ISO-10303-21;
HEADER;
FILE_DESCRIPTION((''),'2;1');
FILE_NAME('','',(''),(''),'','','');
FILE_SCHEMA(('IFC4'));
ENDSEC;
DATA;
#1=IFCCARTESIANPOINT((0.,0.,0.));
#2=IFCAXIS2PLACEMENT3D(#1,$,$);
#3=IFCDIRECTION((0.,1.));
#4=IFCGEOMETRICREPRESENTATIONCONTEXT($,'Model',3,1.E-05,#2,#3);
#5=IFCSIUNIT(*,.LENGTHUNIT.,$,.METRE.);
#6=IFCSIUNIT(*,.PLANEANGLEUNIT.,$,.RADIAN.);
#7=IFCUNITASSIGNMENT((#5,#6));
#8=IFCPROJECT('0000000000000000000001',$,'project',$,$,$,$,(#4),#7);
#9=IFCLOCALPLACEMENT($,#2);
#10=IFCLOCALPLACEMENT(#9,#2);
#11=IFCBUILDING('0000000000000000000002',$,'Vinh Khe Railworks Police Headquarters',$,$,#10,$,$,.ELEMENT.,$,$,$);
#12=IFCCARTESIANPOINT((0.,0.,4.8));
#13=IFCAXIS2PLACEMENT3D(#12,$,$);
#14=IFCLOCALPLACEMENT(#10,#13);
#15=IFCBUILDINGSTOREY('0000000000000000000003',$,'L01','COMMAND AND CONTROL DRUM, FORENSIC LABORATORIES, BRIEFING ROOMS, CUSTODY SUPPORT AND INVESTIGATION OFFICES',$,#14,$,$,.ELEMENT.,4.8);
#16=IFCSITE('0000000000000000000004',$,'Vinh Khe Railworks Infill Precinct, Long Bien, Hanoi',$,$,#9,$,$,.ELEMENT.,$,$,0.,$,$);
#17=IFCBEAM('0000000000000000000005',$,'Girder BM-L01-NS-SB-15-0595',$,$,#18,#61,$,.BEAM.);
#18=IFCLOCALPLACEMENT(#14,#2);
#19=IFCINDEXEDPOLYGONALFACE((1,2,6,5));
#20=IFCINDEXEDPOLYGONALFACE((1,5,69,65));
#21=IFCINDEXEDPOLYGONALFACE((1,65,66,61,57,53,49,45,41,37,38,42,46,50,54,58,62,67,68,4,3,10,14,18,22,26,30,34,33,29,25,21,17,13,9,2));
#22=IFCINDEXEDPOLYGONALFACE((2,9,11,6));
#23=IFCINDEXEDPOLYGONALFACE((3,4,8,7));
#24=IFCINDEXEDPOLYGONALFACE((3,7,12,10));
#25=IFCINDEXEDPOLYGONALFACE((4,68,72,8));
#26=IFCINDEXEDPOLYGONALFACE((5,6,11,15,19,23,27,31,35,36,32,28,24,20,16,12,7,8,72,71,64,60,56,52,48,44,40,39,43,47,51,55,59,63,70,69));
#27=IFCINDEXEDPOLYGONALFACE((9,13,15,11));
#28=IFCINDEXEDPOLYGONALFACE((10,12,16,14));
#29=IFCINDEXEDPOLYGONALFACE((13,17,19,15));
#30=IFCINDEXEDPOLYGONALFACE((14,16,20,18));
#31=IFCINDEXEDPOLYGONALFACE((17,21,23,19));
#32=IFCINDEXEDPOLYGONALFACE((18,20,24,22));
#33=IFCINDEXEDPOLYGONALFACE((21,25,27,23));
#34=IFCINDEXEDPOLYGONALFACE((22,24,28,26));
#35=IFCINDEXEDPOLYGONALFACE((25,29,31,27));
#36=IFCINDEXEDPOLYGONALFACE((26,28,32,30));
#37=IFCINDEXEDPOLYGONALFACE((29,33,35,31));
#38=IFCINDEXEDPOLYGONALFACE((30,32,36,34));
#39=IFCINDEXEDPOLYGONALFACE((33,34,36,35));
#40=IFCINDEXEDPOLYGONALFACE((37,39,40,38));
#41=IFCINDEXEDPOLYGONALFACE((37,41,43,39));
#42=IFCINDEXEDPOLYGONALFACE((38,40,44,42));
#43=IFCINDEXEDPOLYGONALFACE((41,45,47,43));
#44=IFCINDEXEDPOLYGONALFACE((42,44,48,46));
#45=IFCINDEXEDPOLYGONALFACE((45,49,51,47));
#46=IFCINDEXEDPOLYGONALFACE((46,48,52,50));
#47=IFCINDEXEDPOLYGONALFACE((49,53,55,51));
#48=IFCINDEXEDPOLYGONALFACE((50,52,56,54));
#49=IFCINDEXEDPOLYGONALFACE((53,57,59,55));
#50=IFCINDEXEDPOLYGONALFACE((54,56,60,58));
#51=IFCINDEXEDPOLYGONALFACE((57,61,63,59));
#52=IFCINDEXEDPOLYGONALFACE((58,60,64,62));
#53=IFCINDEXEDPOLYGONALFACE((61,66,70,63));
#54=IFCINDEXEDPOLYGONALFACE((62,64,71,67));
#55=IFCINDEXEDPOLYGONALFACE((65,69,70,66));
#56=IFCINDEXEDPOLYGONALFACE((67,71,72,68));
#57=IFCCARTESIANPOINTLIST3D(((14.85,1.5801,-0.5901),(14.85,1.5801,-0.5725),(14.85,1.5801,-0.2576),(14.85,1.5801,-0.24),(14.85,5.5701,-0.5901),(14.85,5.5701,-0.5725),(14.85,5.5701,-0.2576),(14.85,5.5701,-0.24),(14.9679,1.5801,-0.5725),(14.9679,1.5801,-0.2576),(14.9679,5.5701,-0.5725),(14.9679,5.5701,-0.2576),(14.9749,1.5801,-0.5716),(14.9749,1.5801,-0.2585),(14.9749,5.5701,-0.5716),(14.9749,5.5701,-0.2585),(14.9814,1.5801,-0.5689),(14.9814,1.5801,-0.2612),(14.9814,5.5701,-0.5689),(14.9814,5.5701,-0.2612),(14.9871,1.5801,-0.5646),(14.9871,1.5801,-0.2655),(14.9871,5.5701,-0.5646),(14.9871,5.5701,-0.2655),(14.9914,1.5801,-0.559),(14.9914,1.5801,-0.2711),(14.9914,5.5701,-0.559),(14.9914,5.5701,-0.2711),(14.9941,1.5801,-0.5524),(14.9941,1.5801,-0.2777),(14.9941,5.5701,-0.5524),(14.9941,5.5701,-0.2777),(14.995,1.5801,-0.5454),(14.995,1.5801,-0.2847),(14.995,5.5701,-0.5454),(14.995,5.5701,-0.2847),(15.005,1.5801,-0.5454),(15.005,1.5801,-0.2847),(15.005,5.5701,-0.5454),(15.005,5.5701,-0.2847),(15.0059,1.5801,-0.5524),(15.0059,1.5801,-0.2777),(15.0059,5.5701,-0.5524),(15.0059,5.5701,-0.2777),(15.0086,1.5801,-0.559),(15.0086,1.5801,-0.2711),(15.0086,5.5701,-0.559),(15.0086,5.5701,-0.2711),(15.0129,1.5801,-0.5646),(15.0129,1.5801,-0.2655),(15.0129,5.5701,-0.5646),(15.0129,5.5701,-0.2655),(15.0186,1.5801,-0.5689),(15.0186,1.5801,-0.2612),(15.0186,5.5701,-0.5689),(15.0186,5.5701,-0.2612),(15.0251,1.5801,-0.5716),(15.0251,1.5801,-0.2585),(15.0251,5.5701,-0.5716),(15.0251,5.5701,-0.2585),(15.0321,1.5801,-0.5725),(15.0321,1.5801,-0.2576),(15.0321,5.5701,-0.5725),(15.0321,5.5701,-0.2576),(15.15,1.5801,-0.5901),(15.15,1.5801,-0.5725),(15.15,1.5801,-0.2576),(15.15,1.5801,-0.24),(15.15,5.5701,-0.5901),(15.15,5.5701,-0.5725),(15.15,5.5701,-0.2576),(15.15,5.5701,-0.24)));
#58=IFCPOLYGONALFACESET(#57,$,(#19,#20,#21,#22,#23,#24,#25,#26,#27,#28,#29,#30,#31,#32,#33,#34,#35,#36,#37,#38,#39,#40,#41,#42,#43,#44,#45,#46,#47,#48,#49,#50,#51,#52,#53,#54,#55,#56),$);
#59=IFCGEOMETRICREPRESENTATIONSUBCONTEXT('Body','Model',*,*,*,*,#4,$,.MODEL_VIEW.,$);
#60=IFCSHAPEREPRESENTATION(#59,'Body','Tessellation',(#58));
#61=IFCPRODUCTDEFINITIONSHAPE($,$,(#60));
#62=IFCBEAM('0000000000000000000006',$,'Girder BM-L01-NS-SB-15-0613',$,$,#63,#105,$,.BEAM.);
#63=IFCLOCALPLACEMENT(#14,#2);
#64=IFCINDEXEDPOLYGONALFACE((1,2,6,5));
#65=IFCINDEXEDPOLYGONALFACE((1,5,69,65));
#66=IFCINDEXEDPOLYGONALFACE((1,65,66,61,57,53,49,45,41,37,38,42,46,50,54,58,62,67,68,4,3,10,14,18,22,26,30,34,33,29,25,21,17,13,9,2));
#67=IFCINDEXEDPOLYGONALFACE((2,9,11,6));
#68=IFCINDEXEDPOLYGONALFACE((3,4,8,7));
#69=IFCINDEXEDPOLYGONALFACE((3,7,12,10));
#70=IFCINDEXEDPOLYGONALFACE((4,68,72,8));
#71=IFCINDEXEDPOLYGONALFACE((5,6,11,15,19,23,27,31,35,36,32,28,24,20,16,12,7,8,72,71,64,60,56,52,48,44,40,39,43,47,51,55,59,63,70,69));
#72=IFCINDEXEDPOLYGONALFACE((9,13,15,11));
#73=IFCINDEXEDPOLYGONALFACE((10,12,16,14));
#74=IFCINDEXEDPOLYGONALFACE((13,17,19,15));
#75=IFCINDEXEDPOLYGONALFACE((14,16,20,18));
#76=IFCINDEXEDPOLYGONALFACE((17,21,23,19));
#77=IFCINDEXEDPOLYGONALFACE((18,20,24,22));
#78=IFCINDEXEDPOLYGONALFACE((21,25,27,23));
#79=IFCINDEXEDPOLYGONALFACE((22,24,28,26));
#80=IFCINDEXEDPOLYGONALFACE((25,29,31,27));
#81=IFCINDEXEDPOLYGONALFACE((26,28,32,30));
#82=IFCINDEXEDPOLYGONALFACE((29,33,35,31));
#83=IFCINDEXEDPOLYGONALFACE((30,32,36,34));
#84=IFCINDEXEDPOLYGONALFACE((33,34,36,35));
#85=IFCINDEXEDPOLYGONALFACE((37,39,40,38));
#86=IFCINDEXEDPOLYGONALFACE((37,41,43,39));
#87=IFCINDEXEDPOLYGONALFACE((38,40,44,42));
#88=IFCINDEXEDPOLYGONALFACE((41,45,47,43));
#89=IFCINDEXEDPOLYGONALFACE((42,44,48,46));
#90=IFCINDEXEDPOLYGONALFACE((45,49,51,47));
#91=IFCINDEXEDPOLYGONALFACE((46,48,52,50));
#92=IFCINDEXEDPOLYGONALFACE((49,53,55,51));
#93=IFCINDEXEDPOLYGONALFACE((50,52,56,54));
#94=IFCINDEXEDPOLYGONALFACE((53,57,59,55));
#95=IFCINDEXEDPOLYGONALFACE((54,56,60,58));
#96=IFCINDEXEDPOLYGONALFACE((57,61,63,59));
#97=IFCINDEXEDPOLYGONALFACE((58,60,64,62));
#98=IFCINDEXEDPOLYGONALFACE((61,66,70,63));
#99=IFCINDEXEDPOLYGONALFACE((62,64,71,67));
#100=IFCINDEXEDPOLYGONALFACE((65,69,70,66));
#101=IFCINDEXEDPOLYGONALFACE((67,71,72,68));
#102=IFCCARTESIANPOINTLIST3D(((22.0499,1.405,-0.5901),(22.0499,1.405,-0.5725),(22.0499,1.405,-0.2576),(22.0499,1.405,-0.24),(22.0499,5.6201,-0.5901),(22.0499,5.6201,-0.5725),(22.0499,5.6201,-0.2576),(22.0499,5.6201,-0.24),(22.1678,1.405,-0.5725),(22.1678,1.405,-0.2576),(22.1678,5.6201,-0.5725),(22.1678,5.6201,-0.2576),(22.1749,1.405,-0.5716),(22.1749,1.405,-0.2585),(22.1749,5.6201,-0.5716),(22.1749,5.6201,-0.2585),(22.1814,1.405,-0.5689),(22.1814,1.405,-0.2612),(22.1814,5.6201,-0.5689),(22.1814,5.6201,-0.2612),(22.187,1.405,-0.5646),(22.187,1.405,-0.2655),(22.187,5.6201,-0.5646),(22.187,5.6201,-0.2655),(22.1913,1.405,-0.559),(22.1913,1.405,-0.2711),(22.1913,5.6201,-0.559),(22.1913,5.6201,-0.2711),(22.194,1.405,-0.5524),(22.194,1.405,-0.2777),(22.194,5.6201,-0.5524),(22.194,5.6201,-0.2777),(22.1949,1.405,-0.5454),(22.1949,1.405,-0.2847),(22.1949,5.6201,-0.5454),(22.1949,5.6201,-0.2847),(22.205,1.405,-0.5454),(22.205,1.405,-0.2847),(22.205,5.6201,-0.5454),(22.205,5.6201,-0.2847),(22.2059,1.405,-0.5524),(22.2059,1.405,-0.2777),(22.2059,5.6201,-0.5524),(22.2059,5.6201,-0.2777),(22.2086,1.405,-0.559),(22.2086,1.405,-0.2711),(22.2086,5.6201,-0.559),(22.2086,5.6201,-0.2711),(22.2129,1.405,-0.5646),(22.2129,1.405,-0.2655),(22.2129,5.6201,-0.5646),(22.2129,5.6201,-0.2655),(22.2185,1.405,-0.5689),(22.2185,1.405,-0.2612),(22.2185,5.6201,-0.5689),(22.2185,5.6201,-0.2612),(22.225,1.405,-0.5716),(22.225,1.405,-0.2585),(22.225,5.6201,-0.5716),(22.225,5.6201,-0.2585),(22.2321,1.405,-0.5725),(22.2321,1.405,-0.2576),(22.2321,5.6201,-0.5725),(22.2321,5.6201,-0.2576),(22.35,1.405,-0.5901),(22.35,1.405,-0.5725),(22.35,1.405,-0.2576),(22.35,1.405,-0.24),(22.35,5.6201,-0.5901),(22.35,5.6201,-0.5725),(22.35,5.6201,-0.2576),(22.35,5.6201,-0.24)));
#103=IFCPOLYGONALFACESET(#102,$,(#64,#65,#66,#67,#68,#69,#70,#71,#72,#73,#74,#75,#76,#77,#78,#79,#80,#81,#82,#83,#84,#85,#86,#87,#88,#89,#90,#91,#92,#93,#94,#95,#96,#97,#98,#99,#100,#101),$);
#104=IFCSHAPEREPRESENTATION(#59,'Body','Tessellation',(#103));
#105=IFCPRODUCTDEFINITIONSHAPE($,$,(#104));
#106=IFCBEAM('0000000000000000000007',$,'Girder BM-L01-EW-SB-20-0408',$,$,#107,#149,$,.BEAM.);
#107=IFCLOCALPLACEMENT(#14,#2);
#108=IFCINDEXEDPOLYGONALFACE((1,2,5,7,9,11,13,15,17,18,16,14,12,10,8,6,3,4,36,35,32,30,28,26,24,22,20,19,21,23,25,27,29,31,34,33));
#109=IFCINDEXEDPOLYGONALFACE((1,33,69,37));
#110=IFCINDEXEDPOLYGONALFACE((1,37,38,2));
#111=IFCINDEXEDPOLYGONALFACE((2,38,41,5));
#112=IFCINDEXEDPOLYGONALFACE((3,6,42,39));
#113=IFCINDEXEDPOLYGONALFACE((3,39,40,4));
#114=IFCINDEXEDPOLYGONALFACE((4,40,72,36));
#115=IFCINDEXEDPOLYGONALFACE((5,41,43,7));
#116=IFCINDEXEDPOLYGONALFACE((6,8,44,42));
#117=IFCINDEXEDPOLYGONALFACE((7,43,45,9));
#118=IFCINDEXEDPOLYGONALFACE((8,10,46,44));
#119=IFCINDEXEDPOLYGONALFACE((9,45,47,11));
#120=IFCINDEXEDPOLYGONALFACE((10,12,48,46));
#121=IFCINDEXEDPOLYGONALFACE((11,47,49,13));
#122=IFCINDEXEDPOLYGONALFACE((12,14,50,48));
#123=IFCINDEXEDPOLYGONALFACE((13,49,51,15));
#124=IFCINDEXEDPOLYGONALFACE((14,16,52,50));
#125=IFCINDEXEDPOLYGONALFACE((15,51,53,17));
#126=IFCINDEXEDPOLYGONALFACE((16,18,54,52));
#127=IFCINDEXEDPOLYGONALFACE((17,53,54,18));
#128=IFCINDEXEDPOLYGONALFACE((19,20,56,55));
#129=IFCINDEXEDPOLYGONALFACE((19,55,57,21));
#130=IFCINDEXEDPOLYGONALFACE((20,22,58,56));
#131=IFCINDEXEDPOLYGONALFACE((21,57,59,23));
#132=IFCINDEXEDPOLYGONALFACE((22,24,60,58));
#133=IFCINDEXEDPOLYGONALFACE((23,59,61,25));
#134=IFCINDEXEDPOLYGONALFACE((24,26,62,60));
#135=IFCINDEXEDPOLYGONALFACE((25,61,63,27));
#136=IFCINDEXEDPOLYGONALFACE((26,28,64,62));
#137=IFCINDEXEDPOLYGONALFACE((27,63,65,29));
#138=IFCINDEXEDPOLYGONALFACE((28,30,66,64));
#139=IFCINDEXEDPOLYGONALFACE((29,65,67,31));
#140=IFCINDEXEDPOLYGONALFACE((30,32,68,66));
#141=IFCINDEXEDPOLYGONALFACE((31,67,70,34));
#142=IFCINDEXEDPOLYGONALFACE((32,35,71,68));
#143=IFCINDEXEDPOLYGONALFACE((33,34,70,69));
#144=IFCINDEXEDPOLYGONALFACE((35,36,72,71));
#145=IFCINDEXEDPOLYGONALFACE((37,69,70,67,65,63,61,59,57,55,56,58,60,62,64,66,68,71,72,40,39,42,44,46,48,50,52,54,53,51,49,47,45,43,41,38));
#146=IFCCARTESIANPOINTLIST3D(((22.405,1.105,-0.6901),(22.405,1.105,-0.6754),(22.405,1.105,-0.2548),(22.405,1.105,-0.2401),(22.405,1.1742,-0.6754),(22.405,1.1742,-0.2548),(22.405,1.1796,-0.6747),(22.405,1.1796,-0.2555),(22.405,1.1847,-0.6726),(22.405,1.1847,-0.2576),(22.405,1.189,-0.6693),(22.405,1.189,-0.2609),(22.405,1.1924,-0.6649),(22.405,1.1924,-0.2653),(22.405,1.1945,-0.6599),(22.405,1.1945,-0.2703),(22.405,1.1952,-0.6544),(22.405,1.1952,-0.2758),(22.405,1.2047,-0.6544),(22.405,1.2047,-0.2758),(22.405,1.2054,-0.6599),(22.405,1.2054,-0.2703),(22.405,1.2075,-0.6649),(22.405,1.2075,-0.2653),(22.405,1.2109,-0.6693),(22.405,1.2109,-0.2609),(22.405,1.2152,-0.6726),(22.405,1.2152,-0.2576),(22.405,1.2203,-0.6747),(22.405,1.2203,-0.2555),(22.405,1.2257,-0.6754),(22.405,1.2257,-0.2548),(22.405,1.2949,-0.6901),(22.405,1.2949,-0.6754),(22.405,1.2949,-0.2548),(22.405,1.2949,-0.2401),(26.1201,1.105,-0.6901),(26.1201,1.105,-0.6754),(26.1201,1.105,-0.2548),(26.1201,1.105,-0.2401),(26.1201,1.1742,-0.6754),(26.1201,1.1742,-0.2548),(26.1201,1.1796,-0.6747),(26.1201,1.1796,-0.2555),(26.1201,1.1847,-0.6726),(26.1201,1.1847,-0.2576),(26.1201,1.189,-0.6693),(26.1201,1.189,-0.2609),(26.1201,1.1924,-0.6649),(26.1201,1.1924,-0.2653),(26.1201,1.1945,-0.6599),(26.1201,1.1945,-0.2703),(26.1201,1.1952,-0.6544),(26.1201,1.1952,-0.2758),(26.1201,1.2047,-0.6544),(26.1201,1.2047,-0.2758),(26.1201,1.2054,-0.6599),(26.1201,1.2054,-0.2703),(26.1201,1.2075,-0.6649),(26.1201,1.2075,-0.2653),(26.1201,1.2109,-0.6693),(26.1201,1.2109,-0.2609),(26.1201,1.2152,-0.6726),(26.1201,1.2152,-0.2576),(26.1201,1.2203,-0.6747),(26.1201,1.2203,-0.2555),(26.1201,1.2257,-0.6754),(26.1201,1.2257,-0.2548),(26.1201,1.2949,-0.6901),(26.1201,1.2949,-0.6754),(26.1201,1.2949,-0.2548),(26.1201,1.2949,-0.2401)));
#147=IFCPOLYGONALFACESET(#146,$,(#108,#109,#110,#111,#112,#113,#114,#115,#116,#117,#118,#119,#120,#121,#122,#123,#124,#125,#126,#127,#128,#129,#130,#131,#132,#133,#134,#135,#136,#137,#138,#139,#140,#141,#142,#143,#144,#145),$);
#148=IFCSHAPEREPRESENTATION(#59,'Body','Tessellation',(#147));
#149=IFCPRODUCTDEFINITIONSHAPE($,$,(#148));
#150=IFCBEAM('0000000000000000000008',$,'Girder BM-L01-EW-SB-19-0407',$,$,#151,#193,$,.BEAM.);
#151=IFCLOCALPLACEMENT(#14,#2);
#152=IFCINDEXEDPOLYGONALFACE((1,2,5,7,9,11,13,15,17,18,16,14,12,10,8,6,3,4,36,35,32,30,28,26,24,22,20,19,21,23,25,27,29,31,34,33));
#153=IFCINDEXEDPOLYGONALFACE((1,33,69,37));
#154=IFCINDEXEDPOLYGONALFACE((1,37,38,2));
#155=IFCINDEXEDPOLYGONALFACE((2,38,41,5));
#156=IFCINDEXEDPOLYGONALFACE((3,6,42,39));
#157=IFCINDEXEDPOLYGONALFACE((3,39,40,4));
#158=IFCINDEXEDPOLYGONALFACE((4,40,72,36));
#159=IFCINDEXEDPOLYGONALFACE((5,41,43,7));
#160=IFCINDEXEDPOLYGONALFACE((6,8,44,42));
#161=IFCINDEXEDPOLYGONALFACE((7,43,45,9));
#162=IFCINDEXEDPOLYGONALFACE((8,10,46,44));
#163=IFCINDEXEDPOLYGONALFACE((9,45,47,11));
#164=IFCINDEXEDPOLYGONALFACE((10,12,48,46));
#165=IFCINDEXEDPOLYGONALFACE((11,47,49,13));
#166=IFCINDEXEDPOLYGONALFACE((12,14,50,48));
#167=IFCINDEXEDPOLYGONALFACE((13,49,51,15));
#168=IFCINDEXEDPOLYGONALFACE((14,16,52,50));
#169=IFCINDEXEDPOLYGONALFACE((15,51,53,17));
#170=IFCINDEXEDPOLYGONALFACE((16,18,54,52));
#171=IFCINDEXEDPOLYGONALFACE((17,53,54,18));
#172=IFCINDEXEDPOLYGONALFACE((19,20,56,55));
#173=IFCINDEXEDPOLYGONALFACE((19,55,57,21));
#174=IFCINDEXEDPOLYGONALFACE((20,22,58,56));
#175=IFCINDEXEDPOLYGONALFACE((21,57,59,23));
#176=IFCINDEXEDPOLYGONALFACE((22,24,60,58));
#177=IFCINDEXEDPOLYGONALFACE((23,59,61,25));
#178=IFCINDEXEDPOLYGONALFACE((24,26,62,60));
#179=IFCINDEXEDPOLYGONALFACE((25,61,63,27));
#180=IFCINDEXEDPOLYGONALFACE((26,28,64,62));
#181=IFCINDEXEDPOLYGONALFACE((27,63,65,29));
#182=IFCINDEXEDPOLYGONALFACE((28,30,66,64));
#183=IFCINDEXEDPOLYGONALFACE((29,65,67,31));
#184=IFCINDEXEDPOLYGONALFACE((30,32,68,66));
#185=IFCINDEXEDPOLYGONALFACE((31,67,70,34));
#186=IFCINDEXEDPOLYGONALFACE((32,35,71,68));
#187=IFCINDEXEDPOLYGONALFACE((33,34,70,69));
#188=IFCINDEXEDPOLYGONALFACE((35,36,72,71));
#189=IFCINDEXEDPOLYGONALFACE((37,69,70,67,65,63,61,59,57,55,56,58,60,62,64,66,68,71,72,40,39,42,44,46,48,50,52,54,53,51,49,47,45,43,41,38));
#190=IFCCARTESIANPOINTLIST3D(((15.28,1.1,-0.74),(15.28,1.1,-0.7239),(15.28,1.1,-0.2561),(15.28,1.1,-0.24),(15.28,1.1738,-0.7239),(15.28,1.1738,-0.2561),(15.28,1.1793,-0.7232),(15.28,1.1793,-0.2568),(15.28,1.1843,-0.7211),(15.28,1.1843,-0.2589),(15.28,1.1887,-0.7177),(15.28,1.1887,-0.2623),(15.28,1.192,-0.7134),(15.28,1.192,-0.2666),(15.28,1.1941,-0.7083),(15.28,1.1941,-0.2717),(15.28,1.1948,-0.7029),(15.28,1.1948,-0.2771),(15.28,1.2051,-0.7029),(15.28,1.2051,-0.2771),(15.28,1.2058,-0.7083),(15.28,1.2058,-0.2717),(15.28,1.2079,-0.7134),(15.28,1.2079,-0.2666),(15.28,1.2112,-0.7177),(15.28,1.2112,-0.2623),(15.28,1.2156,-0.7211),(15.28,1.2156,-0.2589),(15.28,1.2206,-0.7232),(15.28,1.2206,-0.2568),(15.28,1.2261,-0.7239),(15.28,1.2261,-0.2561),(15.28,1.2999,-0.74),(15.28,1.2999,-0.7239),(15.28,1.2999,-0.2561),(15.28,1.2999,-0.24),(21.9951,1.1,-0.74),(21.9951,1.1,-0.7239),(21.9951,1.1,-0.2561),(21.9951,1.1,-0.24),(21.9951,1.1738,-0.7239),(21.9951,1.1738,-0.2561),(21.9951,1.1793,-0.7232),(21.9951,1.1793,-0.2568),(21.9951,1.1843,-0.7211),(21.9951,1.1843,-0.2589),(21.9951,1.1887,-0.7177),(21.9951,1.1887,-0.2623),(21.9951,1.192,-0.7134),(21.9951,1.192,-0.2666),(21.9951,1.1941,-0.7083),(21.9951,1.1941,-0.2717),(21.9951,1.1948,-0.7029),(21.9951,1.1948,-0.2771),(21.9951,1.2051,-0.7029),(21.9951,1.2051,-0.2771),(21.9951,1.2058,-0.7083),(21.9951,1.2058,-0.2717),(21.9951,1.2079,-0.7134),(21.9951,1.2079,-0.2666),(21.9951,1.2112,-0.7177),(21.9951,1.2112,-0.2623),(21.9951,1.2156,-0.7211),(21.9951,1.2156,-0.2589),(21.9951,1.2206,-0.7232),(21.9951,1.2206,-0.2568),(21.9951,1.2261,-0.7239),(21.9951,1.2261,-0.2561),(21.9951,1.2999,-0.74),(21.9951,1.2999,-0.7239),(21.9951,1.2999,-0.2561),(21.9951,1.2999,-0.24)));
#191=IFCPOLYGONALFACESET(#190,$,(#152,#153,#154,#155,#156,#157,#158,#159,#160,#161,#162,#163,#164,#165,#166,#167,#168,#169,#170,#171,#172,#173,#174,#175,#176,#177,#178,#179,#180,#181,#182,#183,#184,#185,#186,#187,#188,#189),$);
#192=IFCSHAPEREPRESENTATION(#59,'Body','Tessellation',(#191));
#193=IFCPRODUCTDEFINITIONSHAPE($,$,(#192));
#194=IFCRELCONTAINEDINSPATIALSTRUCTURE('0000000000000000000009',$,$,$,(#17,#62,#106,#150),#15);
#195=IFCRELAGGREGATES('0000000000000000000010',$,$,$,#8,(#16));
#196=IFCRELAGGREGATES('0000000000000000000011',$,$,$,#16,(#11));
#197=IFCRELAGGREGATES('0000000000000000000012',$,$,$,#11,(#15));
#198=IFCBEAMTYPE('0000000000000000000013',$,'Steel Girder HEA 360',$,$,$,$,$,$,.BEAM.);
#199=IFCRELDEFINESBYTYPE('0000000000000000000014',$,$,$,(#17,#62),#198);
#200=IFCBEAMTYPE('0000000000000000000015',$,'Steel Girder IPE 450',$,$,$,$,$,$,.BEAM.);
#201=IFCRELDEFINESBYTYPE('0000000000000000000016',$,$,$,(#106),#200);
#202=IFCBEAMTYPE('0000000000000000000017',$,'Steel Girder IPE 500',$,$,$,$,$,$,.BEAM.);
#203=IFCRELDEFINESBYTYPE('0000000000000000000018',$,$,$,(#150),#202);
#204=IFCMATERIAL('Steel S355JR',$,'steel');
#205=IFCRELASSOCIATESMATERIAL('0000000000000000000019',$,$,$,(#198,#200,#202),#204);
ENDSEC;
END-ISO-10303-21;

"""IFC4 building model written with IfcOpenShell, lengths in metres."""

from ifc_helpers import new_model, si_unit, direction, frame, origin, origin_2d, place, context, subcontext, project, spatial, i_section, extrude, material, material_profile, profile_set, type_object, element, save


model = new_model("IFC4")

# Units and contexts
model_context = context("Model", 3, precision=1e-05, world=origin(), true_north=direction((0.0, 1.0)))
body_context = subcontext(model_context, "Body", "Model", "MODEL_VIEW")
ifc_project = project(units=[si_unit("LENGTHUNIT", "METRE"), si_unit("PLANEANGLEUNIT", "RADIAN")], contexts=[model_context])

# Site, building, storey
site_placement = place(None, origin())
site = spatial("IfcSite", under=ifc_project, at=site_placement, Name="Vinh Khe Railworks Infill Precinct, Long Bien, Hanoi", CompositionType="ELEMENT", RefElevation=0.0)
building_placement = place(site_placement, origin())
building = spatial("IfcBuilding", under=site, at=building_placement, Name="Vinh Khe Railworks Police Headquarters", CompositionType="ELEMENT")
storey_placement = place(building_placement, frame((0.0, 0.0, 4.8)))
storey = spatial("IfcBuildingStorey", under=building, at=storey_placement, Name="L01", Description="COMMAND AND CONTROL DRUM, FORENSIC LABORATORIES, BRIEFING ROOMS, CUSTODY SUPPORT AND INVESTIGATION OFFICES", CompositionType="ELEMENT", Elevation=4.8)

# Shared definitions
ifc_material_1 = material(Name="Steel S355JR", Category="steel")

# Beams
ifc_material_profile_1 = material_profile(ifc_material_1, i_section(OverallWidth=0.3, OverallDepth=0.3501, WebThickness=0.01, FlangeThickness=0.0176, FilletRadius=0.0271, at=origin_2d()), Name="HEA 360")
ifc_profile_set_1 = profile_set([ifc_material_profile_1], Name="Steel S355JR")
beam_type_1 = type_object("IfcBeamType", Name="Steel Girder HEA 360", PredefinedType="BEAM", material=ifc_profile_set_1)
beam_1_placement = place(storey_placement, frame((15.0, 1.5801, -0.415), z_axis=(0.0, 1.0, 0.0), x_axis=(-1.0, 0.0, 0.0)))
element("IfcBeam", 1, at=beam_1_placement, inside=storey, type_object=beam_type_1, Name="Girder BM-L01-NS-SB-15-0595", PredefinedType="BEAM", context=body_context, shape_type="SweptSolid", body=[
    extrude(i_section(OverallWidth=0.3, OverallDepth=0.3501, WebThickness=0.01, FlangeThickness=0.0176, FilletRadius=0.0271, at=origin_2d()), origin(), (0.0, 0.0, 1.0), 3.99),
])
beam_2_placement = place(storey_placement, frame((22.2, 1.405, -0.415), z_axis=(0.0, 1.0, 0.0), x_axis=(-1.0, 0.0, 0.0)))
element("IfcBeam", 2, at=beam_2_placement, inside=storey, type_object=beam_type_1, Name="Girder BM-L01-NS-SB-15-0613", PredefinedType="BEAM", context=body_context, shape_type="SweptSolid", body=[
    extrude(i_section(OverallWidth=0.3, OverallDepth=0.3501, WebThickness=0.01, FlangeThickness=0.0176, FilletRadius=0.0271, at=origin_2d()), origin(), (0.0, 0.0, 1.0), 4.2151),
])
ifc_material_profile_2 = material_profile(ifc_material_1, i_section(OverallWidth=0.1899, OverallDepth=0.45, WebThickness=0.0095, FlangeThickness=0.0146, FilletRadius=0.021, at=origin_2d()), Name="IPE 450")
ifc_profile_set_2 = profile_set([ifc_material_profile_2], Name="Steel S355JR")
beam_type_2 = type_object("IfcBeamType", Name="Steel Girder IPE 450", PredefinedType="BEAM", material=ifc_profile_set_2)
beam_3_placement = place(storey_placement, frame((22.405, 1.2, -0.4651), z_axis=(1.0, 0.0, 0.0), x_axis=(0.0, 1.0, 0.0)))
element("IfcBeam", 3, at=beam_3_placement, inside=storey, type_object=beam_type_2, Name="Girder BM-L01-EW-SB-20-0408", PredefinedType="BEAM", context=body_context, shape_type="SweptSolid", body=[
    extrude(i_section(OverallWidth=0.1899, OverallDepth=0.45, WebThickness=0.0095, FlangeThickness=0.0146, FilletRadius=0.021, at=origin_2d()), origin(), (0.0, 0.0, 1.0), 3.7151),
])
ifc_material_profile_3 = material_profile(ifc_material_1, i_section(OverallWidth=0.2, OverallDepth=0.5, WebThickness=0.0103, FlangeThickness=0.0161, FilletRadius=0.021, at=origin_2d()), Name="IPE 500")
ifc_profile_set_3 = profile_set([ifc_material_profile_3], Name="Steel S355JR")
beam_type_3 = type_object("IfcBeamType", Name="Steel Girder IPE 500", PredefinedType="BEAM", material=ifc_profile_set_3)
beam_4_placement = place(storey_placement, frame((15.28, 1.2, -0.49), z_axis=(1.0, 0.0, 0.0), x_axis=(0.0, 1.0, 0.0)))
element("IfcBeam", 4, at=beam_4_placement, inside=storey, type_object=beam_type_3, Name="Girder BM-L01-EW-SB-19-0407", PredefinedType="BEAM", context=body_context, shape_type="SweptSolid", body=[
    extrude(i_section(OverallWidth=0.2, OverallDepth=0.5, WebThickness=0.0103, FlangeThickness=0.0161, FilletRadius=0.021, at=origin_2d()), origin(), (0.0, 0.0, 1.0), 6.7151),
])

save(model, "model.ifc")
